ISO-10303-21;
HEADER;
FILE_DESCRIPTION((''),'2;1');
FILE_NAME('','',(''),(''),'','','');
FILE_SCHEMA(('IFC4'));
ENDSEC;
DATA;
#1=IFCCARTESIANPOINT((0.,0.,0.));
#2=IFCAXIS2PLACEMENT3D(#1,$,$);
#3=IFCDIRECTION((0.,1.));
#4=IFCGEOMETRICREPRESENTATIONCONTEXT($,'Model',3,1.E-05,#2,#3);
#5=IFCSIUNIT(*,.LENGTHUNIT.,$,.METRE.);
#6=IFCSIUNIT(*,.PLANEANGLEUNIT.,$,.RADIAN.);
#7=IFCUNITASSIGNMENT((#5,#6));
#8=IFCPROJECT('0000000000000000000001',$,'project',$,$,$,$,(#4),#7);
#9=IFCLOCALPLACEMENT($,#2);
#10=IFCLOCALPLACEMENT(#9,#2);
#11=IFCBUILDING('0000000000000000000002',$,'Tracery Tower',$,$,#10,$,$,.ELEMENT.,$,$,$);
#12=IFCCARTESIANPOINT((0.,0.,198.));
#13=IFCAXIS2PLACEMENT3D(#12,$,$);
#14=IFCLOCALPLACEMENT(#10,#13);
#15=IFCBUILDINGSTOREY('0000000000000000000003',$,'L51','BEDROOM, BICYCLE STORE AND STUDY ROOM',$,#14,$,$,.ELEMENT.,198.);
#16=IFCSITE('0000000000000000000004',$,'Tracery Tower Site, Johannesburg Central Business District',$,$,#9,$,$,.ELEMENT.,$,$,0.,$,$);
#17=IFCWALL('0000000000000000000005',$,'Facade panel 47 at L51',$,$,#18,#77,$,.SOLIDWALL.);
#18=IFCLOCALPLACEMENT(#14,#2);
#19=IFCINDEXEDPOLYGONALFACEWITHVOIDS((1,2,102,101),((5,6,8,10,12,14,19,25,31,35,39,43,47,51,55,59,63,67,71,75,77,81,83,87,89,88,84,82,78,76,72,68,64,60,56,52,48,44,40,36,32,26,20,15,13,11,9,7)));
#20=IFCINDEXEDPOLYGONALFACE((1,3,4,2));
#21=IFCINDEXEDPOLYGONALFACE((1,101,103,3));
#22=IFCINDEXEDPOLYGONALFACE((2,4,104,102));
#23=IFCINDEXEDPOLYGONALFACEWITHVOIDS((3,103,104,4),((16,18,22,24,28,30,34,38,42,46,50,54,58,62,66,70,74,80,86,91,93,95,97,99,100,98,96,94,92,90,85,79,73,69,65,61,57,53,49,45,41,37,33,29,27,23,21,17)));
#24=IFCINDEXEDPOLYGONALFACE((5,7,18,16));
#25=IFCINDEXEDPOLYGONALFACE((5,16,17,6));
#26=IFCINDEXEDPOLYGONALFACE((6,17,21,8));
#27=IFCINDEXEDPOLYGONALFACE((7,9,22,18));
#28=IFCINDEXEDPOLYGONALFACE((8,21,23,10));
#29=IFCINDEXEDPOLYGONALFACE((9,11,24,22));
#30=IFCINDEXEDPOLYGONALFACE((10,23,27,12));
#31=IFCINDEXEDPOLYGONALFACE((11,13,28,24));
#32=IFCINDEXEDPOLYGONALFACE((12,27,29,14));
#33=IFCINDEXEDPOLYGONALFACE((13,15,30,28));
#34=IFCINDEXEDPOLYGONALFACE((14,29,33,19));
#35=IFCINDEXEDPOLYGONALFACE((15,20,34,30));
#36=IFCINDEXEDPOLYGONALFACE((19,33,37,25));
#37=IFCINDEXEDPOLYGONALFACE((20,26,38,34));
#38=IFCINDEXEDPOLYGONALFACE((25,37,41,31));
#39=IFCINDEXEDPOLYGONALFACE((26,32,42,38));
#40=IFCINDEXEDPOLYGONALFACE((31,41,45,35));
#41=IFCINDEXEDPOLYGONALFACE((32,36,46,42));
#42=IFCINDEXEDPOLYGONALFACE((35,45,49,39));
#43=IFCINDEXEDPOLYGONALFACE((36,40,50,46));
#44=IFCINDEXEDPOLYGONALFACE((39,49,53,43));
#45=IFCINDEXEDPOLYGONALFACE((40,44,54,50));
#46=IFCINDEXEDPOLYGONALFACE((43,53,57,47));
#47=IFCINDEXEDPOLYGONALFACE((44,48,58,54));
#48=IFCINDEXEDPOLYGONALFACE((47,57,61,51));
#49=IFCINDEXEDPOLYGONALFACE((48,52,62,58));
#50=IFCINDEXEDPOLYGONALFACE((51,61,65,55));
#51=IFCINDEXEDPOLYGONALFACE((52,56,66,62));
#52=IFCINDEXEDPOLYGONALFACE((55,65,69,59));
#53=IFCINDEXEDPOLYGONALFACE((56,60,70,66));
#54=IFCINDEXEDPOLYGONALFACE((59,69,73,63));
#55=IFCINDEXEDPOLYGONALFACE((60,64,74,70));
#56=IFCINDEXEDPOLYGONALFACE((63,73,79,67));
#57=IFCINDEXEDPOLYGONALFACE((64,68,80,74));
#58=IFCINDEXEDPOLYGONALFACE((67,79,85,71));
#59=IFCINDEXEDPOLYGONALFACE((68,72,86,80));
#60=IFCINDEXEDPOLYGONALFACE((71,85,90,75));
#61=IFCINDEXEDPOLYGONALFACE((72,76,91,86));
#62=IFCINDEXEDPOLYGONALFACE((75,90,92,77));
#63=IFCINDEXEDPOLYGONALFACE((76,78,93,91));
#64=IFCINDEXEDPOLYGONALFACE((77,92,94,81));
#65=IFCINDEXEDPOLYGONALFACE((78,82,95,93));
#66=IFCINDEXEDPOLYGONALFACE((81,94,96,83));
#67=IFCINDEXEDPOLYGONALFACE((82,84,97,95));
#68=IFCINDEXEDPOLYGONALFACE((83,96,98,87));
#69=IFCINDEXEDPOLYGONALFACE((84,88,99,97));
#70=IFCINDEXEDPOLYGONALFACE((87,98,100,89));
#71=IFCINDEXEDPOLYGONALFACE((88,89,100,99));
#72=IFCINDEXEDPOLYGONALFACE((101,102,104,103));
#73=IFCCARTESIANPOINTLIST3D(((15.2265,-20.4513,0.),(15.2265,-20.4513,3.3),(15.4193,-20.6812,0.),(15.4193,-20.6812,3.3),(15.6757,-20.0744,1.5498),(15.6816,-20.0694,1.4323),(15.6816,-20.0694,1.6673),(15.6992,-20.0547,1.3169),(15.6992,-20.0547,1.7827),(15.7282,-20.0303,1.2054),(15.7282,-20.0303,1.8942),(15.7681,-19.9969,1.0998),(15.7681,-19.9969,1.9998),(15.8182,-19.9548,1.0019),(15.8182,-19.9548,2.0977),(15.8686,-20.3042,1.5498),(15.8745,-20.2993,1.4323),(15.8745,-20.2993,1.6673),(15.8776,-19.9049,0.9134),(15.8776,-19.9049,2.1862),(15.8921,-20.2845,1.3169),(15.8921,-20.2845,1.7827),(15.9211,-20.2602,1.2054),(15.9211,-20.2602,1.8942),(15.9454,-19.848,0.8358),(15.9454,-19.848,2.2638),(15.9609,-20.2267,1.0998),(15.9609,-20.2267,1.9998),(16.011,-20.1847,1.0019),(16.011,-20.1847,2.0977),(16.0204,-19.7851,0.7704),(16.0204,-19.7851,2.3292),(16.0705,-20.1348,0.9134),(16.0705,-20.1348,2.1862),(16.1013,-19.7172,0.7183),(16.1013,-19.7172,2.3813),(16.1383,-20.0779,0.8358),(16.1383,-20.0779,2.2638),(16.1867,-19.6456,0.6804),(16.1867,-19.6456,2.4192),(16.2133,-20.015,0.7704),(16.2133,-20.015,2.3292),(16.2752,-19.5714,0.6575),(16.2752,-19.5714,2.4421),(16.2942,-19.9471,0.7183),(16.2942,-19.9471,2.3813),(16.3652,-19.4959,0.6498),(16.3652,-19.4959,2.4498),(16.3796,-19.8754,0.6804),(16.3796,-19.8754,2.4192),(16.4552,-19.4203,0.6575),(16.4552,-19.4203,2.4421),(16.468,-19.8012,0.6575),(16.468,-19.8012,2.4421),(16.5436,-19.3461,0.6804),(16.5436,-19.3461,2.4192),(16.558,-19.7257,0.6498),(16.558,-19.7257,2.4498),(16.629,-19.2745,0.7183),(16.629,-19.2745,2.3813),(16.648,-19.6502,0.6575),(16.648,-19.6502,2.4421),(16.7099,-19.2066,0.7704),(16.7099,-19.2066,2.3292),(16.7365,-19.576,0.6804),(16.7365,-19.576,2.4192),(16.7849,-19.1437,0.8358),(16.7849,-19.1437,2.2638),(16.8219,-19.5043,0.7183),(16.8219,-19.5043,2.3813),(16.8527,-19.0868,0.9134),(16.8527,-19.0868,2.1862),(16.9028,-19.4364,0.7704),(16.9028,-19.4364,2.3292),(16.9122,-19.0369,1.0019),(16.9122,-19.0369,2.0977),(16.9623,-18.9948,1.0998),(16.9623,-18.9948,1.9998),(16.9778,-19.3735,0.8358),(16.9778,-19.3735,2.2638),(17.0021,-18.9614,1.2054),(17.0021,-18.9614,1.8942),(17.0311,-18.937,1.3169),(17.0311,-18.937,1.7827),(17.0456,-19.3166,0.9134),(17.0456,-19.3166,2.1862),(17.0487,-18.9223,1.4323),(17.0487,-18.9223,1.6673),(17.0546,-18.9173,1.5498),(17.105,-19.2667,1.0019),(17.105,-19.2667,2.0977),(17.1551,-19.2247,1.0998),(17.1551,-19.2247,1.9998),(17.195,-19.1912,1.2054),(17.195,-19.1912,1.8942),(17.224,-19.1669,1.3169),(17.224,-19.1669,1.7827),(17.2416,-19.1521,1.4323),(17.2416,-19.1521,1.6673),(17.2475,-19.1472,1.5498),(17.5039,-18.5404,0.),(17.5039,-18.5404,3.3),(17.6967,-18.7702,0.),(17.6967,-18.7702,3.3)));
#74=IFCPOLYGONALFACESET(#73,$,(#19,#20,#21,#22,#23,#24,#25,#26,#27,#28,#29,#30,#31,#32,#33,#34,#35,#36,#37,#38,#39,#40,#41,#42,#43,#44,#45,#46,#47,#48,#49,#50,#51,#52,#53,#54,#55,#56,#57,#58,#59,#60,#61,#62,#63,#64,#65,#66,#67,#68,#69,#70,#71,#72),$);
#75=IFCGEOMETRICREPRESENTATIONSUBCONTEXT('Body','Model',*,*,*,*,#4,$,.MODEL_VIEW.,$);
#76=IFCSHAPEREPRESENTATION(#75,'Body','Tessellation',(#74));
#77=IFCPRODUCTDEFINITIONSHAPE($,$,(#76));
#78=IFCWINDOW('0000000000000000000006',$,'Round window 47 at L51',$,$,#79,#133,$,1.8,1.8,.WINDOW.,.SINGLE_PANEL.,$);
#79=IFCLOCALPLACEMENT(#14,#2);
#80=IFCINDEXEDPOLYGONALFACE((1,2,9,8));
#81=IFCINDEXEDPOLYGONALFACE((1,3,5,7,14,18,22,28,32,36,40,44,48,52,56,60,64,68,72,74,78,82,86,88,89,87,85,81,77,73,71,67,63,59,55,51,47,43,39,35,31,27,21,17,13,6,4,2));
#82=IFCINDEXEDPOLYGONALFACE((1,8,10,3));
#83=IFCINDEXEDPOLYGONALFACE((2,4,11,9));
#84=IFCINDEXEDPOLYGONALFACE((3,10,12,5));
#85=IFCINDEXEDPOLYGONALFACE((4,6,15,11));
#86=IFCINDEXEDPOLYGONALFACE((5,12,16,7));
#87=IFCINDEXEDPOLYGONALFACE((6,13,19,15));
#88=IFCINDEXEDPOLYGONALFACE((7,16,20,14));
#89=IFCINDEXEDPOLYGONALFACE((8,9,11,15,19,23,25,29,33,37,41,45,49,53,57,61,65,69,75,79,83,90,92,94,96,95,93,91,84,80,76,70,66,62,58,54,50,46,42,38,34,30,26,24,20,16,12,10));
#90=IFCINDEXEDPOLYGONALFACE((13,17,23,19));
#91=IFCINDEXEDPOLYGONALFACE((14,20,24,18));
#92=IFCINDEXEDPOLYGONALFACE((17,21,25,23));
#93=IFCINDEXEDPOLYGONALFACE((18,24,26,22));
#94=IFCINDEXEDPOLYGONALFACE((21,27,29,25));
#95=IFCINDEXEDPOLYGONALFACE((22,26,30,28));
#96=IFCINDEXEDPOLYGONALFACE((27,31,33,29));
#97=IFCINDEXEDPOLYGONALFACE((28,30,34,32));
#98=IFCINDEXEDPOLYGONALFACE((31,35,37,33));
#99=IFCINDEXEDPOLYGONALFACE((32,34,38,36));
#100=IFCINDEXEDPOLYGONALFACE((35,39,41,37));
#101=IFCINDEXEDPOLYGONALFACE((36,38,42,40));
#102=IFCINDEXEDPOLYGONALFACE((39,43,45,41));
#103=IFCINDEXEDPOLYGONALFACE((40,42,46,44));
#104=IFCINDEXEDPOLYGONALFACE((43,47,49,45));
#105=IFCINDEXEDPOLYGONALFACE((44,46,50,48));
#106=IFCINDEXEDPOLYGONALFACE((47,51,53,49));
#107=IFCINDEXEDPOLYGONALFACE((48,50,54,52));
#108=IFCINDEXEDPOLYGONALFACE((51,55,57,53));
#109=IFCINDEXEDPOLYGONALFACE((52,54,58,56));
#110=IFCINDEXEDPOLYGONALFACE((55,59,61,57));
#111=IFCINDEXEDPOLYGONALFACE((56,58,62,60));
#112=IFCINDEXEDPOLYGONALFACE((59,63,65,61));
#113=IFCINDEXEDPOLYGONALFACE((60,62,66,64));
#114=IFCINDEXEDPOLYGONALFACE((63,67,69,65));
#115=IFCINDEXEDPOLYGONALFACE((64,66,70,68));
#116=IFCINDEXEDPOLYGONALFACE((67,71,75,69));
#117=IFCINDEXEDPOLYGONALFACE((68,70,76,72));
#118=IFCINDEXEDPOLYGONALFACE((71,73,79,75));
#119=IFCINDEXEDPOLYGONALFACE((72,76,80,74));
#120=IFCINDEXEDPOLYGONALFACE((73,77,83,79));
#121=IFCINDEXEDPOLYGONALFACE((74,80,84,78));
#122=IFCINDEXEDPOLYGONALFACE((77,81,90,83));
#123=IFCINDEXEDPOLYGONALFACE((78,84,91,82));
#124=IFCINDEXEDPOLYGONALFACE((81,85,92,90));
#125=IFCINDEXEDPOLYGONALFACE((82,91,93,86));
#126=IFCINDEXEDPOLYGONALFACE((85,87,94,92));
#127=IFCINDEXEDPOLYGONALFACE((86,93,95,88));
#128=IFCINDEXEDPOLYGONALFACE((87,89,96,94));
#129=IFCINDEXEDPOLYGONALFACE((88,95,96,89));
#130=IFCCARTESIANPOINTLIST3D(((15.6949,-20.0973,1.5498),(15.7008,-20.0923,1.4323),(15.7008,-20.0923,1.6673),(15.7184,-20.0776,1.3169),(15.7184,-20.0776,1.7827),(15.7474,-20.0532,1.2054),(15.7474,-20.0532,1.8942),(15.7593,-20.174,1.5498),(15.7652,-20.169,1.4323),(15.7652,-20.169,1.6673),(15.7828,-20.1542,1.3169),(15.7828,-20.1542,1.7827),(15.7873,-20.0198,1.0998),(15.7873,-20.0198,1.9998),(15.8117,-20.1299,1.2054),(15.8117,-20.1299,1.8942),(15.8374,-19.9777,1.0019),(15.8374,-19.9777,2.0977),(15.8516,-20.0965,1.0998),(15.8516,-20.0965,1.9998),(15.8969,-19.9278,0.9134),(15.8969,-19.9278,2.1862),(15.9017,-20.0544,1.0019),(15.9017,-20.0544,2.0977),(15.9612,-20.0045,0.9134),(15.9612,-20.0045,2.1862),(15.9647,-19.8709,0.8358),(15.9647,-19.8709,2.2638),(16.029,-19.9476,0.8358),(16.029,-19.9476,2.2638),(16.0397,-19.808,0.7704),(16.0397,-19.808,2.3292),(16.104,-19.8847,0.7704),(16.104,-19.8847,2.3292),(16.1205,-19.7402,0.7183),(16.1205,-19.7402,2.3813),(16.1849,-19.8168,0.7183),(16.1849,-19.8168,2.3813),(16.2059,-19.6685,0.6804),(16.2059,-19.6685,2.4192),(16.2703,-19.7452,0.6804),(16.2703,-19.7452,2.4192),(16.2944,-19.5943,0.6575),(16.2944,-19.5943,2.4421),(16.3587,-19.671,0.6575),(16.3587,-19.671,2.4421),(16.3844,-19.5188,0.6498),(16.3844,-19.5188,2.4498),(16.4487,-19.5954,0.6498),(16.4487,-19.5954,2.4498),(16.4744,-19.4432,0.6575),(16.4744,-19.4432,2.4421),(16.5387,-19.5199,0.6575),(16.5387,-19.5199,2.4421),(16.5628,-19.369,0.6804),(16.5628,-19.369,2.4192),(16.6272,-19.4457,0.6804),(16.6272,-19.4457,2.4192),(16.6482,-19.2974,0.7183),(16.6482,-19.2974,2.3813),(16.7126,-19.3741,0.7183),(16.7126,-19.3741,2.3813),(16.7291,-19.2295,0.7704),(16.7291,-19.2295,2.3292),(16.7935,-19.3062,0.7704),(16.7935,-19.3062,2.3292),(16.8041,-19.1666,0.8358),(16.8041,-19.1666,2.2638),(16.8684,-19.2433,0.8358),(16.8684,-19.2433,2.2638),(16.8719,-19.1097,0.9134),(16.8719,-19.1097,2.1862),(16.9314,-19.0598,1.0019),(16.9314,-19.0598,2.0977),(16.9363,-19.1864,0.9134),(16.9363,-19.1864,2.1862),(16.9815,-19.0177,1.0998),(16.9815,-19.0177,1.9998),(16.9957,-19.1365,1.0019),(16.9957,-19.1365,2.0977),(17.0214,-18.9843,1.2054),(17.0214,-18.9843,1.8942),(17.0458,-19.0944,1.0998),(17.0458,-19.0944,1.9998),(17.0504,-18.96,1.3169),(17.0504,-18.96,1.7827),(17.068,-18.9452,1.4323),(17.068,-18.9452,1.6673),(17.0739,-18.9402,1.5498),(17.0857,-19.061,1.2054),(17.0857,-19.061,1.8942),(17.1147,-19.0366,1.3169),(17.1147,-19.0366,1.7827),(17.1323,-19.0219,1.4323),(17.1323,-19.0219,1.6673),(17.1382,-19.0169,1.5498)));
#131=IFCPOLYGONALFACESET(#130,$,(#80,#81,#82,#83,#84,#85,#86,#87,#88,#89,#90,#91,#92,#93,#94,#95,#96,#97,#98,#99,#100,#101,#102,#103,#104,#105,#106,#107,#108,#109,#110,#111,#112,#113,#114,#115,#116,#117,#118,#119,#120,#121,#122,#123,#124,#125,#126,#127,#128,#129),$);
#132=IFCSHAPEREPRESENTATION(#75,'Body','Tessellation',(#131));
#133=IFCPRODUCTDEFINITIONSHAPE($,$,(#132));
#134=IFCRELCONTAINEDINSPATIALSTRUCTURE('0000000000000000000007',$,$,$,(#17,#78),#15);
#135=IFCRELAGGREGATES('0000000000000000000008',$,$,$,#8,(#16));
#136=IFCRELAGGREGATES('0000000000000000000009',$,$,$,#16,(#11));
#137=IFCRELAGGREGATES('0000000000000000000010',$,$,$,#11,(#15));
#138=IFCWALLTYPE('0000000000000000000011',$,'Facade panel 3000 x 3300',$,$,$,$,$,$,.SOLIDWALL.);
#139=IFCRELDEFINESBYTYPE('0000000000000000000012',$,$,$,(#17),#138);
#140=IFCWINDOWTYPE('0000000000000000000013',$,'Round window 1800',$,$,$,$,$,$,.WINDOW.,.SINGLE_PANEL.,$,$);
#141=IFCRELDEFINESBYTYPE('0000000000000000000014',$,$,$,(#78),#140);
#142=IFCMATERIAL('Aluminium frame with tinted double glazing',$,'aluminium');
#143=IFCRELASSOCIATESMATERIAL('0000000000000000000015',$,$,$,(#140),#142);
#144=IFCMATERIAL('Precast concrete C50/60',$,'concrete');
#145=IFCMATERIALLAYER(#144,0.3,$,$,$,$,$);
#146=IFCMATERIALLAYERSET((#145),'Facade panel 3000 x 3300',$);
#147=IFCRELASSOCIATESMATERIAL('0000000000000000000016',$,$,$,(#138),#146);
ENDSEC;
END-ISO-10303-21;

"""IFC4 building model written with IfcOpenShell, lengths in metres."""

from ifc_helpers import new_model, si_unit, direction, frame, frame_2d, origin, origin_2d, place, context, subcontext, project, spatial, rectangle, circle, extrude, material, layer, layer_set, type_object, element, fill, save


model = new_model("IFC4")

# Units and contexts
model_context = context("Model", 3, precision=1e-05, world=origin(), true_north=direction((0.0, 1.0)))
body_context = subcontext(model_context, "Body", "Model", "MODEL_VIEW")
ifc_project = project(units=[si_unit("LENGTHUNIT", "METRE"), si_unit("PLANEANGLEUNIT", "RADIAN")], contexts=[model_context])

# Site, building, storey
site_placement = place(None, origin())
site = spatial("IfcSite", under=ifc_project, at=site_placement, Name="Tracery Tower Site, Johannesburg Central Business District", CompositionType="ELEMENT", RefElevation=0.0)
building_placement = place(site_placement, origin())
building = spatial("IfcBuilding", under=site, at=building_placement, Name="Tracery Tower", CompositionType="ELEMENT")
storey_placement = place(building_placement, frame((0.0, 0.0, 198.0)))
storey = spatial("IfcBuildingStorey", under=building, at=storey_placement, Name="L51", Description="BEDROOM, BICYCLE STORE AND STUDY ROOM", CompositionType="ELEMENT", Elevation=198.0)

# Wall, opening, window
ifc_material_1 = material(Name="Aluminium frame with tinted double glazing", Category="aluminium")
window_type = type_object("IfcWindowType", Name="Round window 1800", PartitioningType="SINGLE_PANEL", PredefinedType="WINDOW", material=ifc_material_1)
ifc_material_2 = material(Name="Precast concrete C50/60", Category="concrete")
ifc_layer_1 = layer(ifc_material_2, 0.3)
ifc_layer_set_1 = layer_set([ifc_layer_1], Name="Facade panel 3000 x 3300")
wall_type_1 = type_object("IfcWallType", Name="Facade panel 3000 x 3300", PredefinedType="SOLIDWALL", material=ifc_layer_set_1)
wall_1_placement = place(storey_placement, frame((15.323, -20.5662, 0.0), z_axis=(0.0, 0.0, 1.0), x_axis=(0.766049, 0.642782, 0.0)))
wall_1 = element("IfcWall", 1, at=wall_1_placement, inside=storey, type_object=wall_type_1, Name="Facade panel 47 at L51", PredefinedType="SOLIDWALL", context=body_context, shape_type="SweptSolid", body=[
    extrude(rectangle(XDim=2.9729, YDim=0.3, at=frame_2d((1.4863, 0.0))), origin(), (0.0, 0.0, 1.0), 3.3),
])
opening_1_placement = place(wall_1_placement, frame((1.4863, 0.0, 1.5498)))
opening_1 = element("IfcOpeningElement", 2, at=opening_1_placement, cuts=wall_1, PredefinedType="OPENING", context=body_context, shape_type="SweptSolid", body=[
    extrude(circle(Radius=0.9, at=origin_2d()), frame((0.0, 0.1599, 0.0), z_axis=(0.0, -1.0, 0.0), x_axis=(1.0, 0.0, 0.0)), (0.0, 0.0, 1.0), 0.3201),
])
window_1_placement = place(opening_1_placement, origin())
window_1 = element("IfcWindow", 3, at=window_1_placement, inside=storey, type_object=window_type, Name="Round window 47 at L51", OverallHeight=1.8, OverallWidth=1.8, PartitioningType="SINGLE_PANEL", PredefinedType="WINDOW", context=body_context, shape_type="SweptSolid", body=[
    extrude(circle(Radius=0.9, at=origin_2d()), frame((0.0, 0.1201, 0.0), z_axis=(0.0, -1.0, 0.0), x_axis=(1.0, 0.0, 0.0)), (0.0, 0.0, 1.0), 0.1001),
])
fill(opening_1, window_1)

save(model, "model.ifc")
